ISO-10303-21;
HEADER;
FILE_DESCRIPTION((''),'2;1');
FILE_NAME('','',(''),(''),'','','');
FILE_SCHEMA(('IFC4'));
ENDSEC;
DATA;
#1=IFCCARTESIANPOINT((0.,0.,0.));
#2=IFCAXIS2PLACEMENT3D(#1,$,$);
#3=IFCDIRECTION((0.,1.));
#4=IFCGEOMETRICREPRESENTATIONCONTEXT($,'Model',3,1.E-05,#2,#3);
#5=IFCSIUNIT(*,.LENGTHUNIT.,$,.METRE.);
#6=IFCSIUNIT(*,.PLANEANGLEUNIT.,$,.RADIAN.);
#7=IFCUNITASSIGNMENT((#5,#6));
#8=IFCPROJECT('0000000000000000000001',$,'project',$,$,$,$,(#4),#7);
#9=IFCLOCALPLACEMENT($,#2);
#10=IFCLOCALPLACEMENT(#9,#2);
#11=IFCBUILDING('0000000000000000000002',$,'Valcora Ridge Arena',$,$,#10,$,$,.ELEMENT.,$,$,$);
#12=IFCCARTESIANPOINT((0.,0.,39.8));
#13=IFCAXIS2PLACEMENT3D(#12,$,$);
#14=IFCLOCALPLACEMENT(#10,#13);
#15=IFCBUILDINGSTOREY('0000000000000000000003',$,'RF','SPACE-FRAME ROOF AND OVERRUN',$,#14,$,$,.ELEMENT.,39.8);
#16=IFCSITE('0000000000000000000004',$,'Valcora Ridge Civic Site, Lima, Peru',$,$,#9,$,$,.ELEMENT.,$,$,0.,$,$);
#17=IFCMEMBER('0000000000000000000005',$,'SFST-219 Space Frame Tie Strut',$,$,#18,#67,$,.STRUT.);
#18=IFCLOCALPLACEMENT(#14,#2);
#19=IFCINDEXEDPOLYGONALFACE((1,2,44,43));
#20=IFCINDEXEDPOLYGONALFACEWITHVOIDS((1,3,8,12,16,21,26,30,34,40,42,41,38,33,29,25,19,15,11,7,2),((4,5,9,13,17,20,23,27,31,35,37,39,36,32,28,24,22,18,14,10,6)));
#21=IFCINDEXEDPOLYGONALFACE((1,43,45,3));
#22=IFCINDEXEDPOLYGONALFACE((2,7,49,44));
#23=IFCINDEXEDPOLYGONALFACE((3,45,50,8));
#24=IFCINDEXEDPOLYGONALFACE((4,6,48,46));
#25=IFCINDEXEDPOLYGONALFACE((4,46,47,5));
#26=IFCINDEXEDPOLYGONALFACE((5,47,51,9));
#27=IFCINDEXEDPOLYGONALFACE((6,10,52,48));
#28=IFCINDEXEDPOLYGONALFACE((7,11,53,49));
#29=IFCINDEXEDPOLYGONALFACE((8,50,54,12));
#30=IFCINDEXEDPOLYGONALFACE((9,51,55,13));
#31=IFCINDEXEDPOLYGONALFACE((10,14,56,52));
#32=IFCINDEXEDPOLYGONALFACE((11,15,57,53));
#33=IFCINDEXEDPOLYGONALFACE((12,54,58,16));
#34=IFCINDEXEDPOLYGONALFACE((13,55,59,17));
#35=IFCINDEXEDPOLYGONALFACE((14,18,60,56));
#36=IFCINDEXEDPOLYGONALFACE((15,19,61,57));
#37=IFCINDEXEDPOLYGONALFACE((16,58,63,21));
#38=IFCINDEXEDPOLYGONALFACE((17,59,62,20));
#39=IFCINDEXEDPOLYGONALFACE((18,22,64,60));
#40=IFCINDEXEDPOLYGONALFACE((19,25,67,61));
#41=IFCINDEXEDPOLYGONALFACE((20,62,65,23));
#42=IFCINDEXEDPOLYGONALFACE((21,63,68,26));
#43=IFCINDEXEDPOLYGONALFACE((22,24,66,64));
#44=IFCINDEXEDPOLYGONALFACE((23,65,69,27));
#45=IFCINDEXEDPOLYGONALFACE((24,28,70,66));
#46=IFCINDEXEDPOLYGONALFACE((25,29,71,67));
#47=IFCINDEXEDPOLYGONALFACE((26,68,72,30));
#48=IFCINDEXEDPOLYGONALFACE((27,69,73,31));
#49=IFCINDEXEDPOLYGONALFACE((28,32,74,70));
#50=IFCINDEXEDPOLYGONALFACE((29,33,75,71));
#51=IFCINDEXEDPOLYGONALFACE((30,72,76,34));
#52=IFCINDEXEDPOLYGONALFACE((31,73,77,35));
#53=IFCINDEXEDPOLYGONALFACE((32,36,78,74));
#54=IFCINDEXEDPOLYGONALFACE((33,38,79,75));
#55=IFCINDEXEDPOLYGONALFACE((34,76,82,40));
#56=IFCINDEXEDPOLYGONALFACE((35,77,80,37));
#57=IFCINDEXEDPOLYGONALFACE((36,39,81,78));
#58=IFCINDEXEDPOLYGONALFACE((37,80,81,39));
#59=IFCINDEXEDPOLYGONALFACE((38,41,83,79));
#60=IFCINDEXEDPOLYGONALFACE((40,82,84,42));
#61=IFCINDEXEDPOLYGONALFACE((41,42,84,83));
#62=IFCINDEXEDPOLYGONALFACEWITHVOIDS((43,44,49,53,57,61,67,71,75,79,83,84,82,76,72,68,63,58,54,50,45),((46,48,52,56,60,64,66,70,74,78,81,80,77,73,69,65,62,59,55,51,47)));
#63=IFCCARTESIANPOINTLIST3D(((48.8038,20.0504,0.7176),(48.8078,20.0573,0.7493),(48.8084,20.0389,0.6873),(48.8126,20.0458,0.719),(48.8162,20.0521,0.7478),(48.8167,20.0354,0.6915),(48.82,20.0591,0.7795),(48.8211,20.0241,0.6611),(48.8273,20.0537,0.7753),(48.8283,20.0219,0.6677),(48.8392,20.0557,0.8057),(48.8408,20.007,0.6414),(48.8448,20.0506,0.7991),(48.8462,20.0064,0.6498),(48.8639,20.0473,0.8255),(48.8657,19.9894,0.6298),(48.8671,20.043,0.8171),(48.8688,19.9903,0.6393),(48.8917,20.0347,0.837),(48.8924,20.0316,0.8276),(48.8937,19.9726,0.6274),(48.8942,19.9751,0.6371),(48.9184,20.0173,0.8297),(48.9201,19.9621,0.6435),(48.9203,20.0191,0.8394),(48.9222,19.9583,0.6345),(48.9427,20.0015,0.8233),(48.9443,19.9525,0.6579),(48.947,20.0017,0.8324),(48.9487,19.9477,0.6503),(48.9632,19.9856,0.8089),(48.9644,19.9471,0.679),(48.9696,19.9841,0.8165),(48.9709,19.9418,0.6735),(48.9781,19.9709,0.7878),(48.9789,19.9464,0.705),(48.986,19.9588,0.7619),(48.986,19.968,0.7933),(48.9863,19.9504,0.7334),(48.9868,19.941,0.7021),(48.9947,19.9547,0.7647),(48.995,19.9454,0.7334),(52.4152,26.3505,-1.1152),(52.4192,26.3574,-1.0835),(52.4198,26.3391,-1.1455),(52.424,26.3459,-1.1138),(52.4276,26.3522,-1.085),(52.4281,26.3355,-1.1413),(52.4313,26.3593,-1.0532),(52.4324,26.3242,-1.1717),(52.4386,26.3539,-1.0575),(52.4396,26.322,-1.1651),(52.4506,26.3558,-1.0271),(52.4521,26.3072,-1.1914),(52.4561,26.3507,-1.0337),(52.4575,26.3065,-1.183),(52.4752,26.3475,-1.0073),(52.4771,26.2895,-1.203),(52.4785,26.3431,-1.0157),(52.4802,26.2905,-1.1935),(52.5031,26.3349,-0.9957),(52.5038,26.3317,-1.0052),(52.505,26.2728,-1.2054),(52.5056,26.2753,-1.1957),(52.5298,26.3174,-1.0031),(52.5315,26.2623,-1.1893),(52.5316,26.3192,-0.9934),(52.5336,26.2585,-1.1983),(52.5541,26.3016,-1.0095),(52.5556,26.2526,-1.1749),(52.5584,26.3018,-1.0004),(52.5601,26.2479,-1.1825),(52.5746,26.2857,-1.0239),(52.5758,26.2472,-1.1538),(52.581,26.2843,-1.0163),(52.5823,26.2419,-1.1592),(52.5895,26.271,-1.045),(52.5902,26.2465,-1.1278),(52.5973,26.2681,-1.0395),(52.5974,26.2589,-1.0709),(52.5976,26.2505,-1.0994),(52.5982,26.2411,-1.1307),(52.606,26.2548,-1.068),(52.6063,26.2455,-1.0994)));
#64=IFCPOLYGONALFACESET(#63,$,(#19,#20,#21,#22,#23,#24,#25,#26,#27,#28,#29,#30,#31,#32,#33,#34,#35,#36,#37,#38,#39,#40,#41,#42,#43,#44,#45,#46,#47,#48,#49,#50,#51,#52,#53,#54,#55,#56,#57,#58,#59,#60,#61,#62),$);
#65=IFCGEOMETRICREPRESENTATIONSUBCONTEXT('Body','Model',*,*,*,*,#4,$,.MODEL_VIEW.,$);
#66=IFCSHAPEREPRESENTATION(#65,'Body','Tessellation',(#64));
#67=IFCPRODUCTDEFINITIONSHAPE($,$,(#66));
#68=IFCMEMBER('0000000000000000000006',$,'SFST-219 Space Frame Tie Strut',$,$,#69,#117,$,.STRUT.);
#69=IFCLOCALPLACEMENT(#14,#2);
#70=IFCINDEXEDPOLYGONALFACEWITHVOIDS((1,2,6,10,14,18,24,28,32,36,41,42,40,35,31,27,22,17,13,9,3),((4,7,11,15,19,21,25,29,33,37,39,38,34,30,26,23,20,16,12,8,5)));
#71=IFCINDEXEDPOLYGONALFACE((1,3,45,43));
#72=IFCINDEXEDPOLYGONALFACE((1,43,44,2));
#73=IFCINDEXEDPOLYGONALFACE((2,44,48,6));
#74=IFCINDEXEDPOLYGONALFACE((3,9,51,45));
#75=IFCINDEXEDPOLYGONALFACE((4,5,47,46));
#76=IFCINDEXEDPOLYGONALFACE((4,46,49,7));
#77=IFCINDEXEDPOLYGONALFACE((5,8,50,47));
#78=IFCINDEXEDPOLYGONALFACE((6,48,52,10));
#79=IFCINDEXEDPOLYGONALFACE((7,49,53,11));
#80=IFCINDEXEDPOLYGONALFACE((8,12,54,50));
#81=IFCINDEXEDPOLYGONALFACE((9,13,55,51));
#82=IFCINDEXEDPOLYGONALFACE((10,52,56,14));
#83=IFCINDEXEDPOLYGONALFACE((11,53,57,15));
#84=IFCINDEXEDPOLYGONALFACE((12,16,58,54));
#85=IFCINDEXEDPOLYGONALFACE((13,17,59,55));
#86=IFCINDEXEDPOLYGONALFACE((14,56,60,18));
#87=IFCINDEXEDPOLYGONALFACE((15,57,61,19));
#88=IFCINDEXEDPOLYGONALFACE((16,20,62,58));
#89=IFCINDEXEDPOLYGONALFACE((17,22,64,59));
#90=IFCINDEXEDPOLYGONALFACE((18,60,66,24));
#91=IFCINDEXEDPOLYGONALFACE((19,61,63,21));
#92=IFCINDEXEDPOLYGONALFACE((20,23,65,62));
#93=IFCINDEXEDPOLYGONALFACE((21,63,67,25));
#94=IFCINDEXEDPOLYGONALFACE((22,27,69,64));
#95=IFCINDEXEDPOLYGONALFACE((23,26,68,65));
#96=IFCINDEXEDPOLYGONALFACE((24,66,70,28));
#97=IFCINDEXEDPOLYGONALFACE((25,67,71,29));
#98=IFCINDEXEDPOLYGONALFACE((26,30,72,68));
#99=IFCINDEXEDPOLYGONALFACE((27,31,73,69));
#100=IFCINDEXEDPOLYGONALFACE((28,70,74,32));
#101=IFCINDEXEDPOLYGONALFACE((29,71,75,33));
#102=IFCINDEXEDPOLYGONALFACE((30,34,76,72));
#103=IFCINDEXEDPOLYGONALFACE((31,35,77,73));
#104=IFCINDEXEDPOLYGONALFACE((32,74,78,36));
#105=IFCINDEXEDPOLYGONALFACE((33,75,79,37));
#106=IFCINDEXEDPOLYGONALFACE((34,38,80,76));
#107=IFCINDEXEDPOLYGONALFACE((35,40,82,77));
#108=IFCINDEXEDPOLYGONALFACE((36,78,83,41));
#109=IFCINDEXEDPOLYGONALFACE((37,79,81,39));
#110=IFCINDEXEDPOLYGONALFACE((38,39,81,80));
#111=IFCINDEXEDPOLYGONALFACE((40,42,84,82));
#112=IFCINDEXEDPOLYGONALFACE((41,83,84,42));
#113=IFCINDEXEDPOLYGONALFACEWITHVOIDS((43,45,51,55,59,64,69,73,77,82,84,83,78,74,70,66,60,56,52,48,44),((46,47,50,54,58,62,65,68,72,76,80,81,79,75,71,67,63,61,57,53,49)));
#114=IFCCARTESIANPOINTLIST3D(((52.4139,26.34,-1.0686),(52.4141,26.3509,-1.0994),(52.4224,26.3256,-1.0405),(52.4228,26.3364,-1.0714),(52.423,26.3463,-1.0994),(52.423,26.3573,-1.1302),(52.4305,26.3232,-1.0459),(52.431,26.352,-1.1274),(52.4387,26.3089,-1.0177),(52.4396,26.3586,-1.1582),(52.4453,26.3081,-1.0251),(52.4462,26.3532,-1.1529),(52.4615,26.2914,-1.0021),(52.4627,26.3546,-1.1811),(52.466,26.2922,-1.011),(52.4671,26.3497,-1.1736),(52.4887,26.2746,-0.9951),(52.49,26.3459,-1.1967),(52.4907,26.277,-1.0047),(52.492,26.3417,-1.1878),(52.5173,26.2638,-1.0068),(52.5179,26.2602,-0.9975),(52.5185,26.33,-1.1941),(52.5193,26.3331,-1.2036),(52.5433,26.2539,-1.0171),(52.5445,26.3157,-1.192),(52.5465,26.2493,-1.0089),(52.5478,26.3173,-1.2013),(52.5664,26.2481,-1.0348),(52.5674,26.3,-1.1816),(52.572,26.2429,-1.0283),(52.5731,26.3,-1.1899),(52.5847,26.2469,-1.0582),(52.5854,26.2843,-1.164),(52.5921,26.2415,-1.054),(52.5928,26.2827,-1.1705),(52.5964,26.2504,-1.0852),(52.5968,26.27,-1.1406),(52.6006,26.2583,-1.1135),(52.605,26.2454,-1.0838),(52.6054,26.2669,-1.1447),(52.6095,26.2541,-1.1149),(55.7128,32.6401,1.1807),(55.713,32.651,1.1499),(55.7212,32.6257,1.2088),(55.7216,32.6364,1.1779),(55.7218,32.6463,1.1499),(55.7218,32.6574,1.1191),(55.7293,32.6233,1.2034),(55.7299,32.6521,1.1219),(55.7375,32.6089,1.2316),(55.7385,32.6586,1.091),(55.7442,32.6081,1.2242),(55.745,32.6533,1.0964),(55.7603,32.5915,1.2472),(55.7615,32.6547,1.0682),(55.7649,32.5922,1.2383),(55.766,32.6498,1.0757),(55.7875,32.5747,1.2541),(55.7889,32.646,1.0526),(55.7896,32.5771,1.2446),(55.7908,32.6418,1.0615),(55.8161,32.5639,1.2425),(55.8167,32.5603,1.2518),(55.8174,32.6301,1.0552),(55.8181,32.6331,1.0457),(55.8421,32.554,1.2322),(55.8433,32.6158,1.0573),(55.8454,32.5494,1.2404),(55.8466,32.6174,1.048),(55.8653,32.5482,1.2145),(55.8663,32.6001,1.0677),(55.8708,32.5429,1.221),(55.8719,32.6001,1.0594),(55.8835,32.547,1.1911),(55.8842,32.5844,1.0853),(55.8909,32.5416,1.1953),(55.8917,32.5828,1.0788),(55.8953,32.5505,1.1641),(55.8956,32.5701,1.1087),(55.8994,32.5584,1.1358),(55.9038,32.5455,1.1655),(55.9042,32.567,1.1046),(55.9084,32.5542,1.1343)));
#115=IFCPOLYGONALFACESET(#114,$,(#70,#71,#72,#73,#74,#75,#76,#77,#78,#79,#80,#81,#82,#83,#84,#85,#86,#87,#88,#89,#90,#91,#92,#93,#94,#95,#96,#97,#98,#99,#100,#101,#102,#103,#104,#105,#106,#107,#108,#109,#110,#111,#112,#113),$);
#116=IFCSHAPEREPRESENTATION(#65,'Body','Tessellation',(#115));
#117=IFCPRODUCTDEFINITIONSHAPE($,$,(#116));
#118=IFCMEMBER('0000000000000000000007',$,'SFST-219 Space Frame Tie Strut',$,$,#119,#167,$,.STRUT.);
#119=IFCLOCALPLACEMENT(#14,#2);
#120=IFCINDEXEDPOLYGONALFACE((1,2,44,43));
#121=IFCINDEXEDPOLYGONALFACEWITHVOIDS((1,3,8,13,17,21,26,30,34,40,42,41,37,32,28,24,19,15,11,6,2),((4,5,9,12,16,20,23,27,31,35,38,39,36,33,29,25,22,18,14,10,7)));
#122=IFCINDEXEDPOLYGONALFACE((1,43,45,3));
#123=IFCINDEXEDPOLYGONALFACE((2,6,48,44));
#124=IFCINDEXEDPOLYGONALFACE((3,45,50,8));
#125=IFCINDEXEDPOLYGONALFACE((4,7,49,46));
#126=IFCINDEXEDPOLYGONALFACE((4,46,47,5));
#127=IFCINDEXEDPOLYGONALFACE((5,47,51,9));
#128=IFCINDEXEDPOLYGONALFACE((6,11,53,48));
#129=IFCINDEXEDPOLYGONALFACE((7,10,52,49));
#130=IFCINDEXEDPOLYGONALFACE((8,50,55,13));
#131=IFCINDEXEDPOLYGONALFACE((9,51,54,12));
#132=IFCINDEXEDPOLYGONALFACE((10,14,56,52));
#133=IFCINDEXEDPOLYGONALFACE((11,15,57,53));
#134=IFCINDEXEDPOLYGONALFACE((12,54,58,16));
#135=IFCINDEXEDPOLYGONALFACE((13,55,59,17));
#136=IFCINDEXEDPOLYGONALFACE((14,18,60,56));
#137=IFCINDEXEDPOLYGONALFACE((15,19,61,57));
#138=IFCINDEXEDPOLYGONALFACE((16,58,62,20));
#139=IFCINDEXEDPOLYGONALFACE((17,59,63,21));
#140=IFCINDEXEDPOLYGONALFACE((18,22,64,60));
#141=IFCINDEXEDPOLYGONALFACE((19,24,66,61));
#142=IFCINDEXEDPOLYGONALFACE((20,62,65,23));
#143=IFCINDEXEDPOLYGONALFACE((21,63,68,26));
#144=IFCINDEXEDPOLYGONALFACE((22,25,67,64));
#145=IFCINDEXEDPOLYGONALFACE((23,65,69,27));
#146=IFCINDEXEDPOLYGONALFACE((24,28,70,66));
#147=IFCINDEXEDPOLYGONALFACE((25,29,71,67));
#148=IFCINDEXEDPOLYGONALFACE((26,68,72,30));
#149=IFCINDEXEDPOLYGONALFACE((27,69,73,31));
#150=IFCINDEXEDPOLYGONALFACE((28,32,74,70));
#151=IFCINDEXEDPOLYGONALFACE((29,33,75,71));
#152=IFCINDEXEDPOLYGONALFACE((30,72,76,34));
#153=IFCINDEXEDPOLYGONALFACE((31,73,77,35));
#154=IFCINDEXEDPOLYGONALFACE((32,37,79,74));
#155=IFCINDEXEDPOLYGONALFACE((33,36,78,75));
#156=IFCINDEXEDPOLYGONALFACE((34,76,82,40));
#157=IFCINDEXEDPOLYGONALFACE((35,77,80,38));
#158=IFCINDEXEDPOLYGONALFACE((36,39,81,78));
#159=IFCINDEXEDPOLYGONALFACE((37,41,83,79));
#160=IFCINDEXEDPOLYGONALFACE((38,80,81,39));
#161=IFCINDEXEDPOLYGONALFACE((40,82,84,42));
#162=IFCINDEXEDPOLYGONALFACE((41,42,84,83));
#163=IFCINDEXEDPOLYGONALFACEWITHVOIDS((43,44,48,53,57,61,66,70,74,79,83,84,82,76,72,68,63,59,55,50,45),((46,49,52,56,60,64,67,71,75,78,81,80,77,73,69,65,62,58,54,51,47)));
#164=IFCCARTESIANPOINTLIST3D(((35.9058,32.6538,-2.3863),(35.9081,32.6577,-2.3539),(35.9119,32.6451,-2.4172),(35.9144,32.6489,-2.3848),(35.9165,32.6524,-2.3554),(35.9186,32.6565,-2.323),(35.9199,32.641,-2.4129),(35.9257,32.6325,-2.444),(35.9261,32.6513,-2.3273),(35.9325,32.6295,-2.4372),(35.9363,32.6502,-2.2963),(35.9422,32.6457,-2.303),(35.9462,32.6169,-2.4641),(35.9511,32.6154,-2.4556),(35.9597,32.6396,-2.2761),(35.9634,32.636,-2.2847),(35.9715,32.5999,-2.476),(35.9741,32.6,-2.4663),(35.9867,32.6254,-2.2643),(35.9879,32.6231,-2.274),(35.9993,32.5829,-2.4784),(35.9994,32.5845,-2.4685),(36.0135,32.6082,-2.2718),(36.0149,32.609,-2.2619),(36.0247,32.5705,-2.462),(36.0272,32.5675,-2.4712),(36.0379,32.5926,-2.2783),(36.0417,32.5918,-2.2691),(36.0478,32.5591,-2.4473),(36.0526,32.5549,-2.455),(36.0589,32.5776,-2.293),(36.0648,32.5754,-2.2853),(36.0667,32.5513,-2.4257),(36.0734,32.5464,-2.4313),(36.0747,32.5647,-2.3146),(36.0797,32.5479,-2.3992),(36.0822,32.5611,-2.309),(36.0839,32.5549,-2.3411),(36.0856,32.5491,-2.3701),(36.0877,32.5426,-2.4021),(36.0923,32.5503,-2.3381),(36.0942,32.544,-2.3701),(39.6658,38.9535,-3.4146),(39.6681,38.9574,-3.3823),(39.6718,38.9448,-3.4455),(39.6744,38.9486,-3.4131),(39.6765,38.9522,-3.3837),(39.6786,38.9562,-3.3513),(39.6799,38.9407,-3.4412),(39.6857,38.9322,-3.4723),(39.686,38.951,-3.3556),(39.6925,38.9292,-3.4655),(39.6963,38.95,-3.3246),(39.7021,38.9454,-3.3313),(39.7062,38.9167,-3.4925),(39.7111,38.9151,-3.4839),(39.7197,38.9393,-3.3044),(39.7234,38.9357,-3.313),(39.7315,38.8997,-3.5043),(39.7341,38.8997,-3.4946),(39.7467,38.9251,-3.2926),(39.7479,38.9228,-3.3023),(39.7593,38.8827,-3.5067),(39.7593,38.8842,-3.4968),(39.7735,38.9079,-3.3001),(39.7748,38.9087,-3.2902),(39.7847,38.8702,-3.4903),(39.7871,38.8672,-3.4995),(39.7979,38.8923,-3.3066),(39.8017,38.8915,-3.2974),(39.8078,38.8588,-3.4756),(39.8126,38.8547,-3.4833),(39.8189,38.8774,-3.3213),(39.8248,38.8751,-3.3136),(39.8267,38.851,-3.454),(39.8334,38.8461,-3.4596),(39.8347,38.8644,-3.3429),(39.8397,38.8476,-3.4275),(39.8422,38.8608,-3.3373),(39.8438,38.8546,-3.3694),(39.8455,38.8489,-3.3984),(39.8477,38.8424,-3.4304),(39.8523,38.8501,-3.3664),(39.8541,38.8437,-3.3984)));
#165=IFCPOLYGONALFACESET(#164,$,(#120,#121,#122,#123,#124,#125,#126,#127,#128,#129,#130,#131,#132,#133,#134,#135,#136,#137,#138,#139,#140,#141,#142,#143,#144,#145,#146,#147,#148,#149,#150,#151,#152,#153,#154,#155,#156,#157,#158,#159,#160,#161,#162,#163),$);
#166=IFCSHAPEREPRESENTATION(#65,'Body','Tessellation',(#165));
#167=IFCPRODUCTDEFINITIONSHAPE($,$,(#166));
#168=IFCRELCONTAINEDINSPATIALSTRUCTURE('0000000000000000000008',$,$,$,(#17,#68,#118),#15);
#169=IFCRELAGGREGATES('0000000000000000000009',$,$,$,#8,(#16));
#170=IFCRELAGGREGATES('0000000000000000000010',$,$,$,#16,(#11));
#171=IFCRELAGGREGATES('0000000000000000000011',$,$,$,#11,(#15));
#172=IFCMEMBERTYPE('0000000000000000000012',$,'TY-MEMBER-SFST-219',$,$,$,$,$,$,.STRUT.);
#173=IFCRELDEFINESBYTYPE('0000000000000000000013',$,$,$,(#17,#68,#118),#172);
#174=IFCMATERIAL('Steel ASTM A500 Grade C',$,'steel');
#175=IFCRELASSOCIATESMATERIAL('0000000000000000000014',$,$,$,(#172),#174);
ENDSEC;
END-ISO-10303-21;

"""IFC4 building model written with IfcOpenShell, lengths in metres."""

from ifc_helpers import new_model, si_unit, direction, frame, origin, origin_2d, place, context, subcontext, project, spatial, hollow_circle, extrude, material, material_profile, profile_set, type_object, element, save


model = new_model("IFC4")

# Units and contexts
model_context = context("Model", 3, precision=1e-05, world=origin(), true_north=direction((0.0, 1.0)))
body_context = subcontext(model_context, "Body", "Model", "MODEL_VIEW")
ifc_project = project(units=[si_unit("LENGTHUNIT", "METRE"), si_unit("PLANEANGLEUNIT", "RADIAN")], contexts=[model_context])

# Site, building, storey
site_placement = place(None, origin())
site = spatial("IfcSite", under=ifc_project, at=site_placement, Name="Valcora Ridge Civic Site, Lima, Peru", CompositionType="ELEMENT", RefElevation=0.0)
building_placement = place(site_placement, origin())
building = spatial("IfcBuilding", under=site, at=building_placement, Name="Valcora Ridge Arena", CompositionType="ELEMENT")
storey_placement = place(building_placement, frame((0.0, 0.0, 39.8)))
storey = spatial("IfcBuildingStorey", under=building, at=storey_placement, Name="RF", Description="SPACE-FRAME ROOF AND OVERRUN", CompositionType="ELEMENT", Elevation=39.8)

# Members
ifc_material_1 = material(Name="Steel ASTM A500 Grade C", Category="steel")
ifc_material_profile_1 = material_profile(ifc_material_1, hollow_circle(Radius=0.1096, WallThickness=0.01, at=origin_2d()), Name="CHS219X10")
ifc_profile_set_1 = profile_set([ifc_material_profile_1], Name="Steel ASTM A500 Grade C")
member_type_1 = type_object("IfcMemberType", Name="TY-MEMBER-SFST-219", PredefinedType="STRUT", material=ifc_profile_set_1)
member_1_placement = place(storey_placement, frame((52.5112, 26.3, -1.0994), z_axis=(-0.482191, -0.841194, 0.244714), x_axis=(0.867572, -0.497312, 0.0)))
element("IfcMember", 1, at=member_1_placement, inside=storey, type_object=member_type_1, Name="SFST-219 Space Frame Tie Strut", PredefinedType="STRUT", context=body_context, shape_type="SweptSolid", body=[
    extrude(hollow_circle(Radius=0.1096, WallThickness=0.01, at=origin_2d()), origin(), (0.0, 0.0, 1.0), 7.4895),
])
member_2_placement = place(storey_placement, frame((52.5112, 26.3, -1.0994), z_axis=(0.44228, 0.844659, 0.301563), x_axis=(-0.885901, 0.463875, 0.0)))
element("IfcMember", 2, at=member_2_placement, inside=storey, type_object=member_type_1, Name="SFST-219 Space Frame Tie Strut", PredefinedType="STRUT", context=body_context, shape_type="SweptSolid", body=[
    extrude(hollow_circle(Radius=0.1096, WallThickness=0.01, at=origin_2d()), origin(), (0.0, 0.0, 1.0), 7.4587),
])
member_3_placement = place(storey_placement, frame((39.76, 38.8999, -3.3984), z_axis=(-0.507541, -0.850373, 0.138807), x_axis=(0.858686, -0.512503, 0.0)))
element("IfcMember", 3, at=member_3_placement, inside=storey, type_object=member_type_1, Name="SFST-219 Space Frame Tie Strut", PredefinedType="STRUT", context=body_context, shape_type="SweptSolid", body=[
    extrude(hollow_circle(Radius=0.1096, WallThickness=0.01, at=origin_2d()), origin(), (0.0, 0.0, 1.0), 7.4082),
])

save(model, "model.ifc")
